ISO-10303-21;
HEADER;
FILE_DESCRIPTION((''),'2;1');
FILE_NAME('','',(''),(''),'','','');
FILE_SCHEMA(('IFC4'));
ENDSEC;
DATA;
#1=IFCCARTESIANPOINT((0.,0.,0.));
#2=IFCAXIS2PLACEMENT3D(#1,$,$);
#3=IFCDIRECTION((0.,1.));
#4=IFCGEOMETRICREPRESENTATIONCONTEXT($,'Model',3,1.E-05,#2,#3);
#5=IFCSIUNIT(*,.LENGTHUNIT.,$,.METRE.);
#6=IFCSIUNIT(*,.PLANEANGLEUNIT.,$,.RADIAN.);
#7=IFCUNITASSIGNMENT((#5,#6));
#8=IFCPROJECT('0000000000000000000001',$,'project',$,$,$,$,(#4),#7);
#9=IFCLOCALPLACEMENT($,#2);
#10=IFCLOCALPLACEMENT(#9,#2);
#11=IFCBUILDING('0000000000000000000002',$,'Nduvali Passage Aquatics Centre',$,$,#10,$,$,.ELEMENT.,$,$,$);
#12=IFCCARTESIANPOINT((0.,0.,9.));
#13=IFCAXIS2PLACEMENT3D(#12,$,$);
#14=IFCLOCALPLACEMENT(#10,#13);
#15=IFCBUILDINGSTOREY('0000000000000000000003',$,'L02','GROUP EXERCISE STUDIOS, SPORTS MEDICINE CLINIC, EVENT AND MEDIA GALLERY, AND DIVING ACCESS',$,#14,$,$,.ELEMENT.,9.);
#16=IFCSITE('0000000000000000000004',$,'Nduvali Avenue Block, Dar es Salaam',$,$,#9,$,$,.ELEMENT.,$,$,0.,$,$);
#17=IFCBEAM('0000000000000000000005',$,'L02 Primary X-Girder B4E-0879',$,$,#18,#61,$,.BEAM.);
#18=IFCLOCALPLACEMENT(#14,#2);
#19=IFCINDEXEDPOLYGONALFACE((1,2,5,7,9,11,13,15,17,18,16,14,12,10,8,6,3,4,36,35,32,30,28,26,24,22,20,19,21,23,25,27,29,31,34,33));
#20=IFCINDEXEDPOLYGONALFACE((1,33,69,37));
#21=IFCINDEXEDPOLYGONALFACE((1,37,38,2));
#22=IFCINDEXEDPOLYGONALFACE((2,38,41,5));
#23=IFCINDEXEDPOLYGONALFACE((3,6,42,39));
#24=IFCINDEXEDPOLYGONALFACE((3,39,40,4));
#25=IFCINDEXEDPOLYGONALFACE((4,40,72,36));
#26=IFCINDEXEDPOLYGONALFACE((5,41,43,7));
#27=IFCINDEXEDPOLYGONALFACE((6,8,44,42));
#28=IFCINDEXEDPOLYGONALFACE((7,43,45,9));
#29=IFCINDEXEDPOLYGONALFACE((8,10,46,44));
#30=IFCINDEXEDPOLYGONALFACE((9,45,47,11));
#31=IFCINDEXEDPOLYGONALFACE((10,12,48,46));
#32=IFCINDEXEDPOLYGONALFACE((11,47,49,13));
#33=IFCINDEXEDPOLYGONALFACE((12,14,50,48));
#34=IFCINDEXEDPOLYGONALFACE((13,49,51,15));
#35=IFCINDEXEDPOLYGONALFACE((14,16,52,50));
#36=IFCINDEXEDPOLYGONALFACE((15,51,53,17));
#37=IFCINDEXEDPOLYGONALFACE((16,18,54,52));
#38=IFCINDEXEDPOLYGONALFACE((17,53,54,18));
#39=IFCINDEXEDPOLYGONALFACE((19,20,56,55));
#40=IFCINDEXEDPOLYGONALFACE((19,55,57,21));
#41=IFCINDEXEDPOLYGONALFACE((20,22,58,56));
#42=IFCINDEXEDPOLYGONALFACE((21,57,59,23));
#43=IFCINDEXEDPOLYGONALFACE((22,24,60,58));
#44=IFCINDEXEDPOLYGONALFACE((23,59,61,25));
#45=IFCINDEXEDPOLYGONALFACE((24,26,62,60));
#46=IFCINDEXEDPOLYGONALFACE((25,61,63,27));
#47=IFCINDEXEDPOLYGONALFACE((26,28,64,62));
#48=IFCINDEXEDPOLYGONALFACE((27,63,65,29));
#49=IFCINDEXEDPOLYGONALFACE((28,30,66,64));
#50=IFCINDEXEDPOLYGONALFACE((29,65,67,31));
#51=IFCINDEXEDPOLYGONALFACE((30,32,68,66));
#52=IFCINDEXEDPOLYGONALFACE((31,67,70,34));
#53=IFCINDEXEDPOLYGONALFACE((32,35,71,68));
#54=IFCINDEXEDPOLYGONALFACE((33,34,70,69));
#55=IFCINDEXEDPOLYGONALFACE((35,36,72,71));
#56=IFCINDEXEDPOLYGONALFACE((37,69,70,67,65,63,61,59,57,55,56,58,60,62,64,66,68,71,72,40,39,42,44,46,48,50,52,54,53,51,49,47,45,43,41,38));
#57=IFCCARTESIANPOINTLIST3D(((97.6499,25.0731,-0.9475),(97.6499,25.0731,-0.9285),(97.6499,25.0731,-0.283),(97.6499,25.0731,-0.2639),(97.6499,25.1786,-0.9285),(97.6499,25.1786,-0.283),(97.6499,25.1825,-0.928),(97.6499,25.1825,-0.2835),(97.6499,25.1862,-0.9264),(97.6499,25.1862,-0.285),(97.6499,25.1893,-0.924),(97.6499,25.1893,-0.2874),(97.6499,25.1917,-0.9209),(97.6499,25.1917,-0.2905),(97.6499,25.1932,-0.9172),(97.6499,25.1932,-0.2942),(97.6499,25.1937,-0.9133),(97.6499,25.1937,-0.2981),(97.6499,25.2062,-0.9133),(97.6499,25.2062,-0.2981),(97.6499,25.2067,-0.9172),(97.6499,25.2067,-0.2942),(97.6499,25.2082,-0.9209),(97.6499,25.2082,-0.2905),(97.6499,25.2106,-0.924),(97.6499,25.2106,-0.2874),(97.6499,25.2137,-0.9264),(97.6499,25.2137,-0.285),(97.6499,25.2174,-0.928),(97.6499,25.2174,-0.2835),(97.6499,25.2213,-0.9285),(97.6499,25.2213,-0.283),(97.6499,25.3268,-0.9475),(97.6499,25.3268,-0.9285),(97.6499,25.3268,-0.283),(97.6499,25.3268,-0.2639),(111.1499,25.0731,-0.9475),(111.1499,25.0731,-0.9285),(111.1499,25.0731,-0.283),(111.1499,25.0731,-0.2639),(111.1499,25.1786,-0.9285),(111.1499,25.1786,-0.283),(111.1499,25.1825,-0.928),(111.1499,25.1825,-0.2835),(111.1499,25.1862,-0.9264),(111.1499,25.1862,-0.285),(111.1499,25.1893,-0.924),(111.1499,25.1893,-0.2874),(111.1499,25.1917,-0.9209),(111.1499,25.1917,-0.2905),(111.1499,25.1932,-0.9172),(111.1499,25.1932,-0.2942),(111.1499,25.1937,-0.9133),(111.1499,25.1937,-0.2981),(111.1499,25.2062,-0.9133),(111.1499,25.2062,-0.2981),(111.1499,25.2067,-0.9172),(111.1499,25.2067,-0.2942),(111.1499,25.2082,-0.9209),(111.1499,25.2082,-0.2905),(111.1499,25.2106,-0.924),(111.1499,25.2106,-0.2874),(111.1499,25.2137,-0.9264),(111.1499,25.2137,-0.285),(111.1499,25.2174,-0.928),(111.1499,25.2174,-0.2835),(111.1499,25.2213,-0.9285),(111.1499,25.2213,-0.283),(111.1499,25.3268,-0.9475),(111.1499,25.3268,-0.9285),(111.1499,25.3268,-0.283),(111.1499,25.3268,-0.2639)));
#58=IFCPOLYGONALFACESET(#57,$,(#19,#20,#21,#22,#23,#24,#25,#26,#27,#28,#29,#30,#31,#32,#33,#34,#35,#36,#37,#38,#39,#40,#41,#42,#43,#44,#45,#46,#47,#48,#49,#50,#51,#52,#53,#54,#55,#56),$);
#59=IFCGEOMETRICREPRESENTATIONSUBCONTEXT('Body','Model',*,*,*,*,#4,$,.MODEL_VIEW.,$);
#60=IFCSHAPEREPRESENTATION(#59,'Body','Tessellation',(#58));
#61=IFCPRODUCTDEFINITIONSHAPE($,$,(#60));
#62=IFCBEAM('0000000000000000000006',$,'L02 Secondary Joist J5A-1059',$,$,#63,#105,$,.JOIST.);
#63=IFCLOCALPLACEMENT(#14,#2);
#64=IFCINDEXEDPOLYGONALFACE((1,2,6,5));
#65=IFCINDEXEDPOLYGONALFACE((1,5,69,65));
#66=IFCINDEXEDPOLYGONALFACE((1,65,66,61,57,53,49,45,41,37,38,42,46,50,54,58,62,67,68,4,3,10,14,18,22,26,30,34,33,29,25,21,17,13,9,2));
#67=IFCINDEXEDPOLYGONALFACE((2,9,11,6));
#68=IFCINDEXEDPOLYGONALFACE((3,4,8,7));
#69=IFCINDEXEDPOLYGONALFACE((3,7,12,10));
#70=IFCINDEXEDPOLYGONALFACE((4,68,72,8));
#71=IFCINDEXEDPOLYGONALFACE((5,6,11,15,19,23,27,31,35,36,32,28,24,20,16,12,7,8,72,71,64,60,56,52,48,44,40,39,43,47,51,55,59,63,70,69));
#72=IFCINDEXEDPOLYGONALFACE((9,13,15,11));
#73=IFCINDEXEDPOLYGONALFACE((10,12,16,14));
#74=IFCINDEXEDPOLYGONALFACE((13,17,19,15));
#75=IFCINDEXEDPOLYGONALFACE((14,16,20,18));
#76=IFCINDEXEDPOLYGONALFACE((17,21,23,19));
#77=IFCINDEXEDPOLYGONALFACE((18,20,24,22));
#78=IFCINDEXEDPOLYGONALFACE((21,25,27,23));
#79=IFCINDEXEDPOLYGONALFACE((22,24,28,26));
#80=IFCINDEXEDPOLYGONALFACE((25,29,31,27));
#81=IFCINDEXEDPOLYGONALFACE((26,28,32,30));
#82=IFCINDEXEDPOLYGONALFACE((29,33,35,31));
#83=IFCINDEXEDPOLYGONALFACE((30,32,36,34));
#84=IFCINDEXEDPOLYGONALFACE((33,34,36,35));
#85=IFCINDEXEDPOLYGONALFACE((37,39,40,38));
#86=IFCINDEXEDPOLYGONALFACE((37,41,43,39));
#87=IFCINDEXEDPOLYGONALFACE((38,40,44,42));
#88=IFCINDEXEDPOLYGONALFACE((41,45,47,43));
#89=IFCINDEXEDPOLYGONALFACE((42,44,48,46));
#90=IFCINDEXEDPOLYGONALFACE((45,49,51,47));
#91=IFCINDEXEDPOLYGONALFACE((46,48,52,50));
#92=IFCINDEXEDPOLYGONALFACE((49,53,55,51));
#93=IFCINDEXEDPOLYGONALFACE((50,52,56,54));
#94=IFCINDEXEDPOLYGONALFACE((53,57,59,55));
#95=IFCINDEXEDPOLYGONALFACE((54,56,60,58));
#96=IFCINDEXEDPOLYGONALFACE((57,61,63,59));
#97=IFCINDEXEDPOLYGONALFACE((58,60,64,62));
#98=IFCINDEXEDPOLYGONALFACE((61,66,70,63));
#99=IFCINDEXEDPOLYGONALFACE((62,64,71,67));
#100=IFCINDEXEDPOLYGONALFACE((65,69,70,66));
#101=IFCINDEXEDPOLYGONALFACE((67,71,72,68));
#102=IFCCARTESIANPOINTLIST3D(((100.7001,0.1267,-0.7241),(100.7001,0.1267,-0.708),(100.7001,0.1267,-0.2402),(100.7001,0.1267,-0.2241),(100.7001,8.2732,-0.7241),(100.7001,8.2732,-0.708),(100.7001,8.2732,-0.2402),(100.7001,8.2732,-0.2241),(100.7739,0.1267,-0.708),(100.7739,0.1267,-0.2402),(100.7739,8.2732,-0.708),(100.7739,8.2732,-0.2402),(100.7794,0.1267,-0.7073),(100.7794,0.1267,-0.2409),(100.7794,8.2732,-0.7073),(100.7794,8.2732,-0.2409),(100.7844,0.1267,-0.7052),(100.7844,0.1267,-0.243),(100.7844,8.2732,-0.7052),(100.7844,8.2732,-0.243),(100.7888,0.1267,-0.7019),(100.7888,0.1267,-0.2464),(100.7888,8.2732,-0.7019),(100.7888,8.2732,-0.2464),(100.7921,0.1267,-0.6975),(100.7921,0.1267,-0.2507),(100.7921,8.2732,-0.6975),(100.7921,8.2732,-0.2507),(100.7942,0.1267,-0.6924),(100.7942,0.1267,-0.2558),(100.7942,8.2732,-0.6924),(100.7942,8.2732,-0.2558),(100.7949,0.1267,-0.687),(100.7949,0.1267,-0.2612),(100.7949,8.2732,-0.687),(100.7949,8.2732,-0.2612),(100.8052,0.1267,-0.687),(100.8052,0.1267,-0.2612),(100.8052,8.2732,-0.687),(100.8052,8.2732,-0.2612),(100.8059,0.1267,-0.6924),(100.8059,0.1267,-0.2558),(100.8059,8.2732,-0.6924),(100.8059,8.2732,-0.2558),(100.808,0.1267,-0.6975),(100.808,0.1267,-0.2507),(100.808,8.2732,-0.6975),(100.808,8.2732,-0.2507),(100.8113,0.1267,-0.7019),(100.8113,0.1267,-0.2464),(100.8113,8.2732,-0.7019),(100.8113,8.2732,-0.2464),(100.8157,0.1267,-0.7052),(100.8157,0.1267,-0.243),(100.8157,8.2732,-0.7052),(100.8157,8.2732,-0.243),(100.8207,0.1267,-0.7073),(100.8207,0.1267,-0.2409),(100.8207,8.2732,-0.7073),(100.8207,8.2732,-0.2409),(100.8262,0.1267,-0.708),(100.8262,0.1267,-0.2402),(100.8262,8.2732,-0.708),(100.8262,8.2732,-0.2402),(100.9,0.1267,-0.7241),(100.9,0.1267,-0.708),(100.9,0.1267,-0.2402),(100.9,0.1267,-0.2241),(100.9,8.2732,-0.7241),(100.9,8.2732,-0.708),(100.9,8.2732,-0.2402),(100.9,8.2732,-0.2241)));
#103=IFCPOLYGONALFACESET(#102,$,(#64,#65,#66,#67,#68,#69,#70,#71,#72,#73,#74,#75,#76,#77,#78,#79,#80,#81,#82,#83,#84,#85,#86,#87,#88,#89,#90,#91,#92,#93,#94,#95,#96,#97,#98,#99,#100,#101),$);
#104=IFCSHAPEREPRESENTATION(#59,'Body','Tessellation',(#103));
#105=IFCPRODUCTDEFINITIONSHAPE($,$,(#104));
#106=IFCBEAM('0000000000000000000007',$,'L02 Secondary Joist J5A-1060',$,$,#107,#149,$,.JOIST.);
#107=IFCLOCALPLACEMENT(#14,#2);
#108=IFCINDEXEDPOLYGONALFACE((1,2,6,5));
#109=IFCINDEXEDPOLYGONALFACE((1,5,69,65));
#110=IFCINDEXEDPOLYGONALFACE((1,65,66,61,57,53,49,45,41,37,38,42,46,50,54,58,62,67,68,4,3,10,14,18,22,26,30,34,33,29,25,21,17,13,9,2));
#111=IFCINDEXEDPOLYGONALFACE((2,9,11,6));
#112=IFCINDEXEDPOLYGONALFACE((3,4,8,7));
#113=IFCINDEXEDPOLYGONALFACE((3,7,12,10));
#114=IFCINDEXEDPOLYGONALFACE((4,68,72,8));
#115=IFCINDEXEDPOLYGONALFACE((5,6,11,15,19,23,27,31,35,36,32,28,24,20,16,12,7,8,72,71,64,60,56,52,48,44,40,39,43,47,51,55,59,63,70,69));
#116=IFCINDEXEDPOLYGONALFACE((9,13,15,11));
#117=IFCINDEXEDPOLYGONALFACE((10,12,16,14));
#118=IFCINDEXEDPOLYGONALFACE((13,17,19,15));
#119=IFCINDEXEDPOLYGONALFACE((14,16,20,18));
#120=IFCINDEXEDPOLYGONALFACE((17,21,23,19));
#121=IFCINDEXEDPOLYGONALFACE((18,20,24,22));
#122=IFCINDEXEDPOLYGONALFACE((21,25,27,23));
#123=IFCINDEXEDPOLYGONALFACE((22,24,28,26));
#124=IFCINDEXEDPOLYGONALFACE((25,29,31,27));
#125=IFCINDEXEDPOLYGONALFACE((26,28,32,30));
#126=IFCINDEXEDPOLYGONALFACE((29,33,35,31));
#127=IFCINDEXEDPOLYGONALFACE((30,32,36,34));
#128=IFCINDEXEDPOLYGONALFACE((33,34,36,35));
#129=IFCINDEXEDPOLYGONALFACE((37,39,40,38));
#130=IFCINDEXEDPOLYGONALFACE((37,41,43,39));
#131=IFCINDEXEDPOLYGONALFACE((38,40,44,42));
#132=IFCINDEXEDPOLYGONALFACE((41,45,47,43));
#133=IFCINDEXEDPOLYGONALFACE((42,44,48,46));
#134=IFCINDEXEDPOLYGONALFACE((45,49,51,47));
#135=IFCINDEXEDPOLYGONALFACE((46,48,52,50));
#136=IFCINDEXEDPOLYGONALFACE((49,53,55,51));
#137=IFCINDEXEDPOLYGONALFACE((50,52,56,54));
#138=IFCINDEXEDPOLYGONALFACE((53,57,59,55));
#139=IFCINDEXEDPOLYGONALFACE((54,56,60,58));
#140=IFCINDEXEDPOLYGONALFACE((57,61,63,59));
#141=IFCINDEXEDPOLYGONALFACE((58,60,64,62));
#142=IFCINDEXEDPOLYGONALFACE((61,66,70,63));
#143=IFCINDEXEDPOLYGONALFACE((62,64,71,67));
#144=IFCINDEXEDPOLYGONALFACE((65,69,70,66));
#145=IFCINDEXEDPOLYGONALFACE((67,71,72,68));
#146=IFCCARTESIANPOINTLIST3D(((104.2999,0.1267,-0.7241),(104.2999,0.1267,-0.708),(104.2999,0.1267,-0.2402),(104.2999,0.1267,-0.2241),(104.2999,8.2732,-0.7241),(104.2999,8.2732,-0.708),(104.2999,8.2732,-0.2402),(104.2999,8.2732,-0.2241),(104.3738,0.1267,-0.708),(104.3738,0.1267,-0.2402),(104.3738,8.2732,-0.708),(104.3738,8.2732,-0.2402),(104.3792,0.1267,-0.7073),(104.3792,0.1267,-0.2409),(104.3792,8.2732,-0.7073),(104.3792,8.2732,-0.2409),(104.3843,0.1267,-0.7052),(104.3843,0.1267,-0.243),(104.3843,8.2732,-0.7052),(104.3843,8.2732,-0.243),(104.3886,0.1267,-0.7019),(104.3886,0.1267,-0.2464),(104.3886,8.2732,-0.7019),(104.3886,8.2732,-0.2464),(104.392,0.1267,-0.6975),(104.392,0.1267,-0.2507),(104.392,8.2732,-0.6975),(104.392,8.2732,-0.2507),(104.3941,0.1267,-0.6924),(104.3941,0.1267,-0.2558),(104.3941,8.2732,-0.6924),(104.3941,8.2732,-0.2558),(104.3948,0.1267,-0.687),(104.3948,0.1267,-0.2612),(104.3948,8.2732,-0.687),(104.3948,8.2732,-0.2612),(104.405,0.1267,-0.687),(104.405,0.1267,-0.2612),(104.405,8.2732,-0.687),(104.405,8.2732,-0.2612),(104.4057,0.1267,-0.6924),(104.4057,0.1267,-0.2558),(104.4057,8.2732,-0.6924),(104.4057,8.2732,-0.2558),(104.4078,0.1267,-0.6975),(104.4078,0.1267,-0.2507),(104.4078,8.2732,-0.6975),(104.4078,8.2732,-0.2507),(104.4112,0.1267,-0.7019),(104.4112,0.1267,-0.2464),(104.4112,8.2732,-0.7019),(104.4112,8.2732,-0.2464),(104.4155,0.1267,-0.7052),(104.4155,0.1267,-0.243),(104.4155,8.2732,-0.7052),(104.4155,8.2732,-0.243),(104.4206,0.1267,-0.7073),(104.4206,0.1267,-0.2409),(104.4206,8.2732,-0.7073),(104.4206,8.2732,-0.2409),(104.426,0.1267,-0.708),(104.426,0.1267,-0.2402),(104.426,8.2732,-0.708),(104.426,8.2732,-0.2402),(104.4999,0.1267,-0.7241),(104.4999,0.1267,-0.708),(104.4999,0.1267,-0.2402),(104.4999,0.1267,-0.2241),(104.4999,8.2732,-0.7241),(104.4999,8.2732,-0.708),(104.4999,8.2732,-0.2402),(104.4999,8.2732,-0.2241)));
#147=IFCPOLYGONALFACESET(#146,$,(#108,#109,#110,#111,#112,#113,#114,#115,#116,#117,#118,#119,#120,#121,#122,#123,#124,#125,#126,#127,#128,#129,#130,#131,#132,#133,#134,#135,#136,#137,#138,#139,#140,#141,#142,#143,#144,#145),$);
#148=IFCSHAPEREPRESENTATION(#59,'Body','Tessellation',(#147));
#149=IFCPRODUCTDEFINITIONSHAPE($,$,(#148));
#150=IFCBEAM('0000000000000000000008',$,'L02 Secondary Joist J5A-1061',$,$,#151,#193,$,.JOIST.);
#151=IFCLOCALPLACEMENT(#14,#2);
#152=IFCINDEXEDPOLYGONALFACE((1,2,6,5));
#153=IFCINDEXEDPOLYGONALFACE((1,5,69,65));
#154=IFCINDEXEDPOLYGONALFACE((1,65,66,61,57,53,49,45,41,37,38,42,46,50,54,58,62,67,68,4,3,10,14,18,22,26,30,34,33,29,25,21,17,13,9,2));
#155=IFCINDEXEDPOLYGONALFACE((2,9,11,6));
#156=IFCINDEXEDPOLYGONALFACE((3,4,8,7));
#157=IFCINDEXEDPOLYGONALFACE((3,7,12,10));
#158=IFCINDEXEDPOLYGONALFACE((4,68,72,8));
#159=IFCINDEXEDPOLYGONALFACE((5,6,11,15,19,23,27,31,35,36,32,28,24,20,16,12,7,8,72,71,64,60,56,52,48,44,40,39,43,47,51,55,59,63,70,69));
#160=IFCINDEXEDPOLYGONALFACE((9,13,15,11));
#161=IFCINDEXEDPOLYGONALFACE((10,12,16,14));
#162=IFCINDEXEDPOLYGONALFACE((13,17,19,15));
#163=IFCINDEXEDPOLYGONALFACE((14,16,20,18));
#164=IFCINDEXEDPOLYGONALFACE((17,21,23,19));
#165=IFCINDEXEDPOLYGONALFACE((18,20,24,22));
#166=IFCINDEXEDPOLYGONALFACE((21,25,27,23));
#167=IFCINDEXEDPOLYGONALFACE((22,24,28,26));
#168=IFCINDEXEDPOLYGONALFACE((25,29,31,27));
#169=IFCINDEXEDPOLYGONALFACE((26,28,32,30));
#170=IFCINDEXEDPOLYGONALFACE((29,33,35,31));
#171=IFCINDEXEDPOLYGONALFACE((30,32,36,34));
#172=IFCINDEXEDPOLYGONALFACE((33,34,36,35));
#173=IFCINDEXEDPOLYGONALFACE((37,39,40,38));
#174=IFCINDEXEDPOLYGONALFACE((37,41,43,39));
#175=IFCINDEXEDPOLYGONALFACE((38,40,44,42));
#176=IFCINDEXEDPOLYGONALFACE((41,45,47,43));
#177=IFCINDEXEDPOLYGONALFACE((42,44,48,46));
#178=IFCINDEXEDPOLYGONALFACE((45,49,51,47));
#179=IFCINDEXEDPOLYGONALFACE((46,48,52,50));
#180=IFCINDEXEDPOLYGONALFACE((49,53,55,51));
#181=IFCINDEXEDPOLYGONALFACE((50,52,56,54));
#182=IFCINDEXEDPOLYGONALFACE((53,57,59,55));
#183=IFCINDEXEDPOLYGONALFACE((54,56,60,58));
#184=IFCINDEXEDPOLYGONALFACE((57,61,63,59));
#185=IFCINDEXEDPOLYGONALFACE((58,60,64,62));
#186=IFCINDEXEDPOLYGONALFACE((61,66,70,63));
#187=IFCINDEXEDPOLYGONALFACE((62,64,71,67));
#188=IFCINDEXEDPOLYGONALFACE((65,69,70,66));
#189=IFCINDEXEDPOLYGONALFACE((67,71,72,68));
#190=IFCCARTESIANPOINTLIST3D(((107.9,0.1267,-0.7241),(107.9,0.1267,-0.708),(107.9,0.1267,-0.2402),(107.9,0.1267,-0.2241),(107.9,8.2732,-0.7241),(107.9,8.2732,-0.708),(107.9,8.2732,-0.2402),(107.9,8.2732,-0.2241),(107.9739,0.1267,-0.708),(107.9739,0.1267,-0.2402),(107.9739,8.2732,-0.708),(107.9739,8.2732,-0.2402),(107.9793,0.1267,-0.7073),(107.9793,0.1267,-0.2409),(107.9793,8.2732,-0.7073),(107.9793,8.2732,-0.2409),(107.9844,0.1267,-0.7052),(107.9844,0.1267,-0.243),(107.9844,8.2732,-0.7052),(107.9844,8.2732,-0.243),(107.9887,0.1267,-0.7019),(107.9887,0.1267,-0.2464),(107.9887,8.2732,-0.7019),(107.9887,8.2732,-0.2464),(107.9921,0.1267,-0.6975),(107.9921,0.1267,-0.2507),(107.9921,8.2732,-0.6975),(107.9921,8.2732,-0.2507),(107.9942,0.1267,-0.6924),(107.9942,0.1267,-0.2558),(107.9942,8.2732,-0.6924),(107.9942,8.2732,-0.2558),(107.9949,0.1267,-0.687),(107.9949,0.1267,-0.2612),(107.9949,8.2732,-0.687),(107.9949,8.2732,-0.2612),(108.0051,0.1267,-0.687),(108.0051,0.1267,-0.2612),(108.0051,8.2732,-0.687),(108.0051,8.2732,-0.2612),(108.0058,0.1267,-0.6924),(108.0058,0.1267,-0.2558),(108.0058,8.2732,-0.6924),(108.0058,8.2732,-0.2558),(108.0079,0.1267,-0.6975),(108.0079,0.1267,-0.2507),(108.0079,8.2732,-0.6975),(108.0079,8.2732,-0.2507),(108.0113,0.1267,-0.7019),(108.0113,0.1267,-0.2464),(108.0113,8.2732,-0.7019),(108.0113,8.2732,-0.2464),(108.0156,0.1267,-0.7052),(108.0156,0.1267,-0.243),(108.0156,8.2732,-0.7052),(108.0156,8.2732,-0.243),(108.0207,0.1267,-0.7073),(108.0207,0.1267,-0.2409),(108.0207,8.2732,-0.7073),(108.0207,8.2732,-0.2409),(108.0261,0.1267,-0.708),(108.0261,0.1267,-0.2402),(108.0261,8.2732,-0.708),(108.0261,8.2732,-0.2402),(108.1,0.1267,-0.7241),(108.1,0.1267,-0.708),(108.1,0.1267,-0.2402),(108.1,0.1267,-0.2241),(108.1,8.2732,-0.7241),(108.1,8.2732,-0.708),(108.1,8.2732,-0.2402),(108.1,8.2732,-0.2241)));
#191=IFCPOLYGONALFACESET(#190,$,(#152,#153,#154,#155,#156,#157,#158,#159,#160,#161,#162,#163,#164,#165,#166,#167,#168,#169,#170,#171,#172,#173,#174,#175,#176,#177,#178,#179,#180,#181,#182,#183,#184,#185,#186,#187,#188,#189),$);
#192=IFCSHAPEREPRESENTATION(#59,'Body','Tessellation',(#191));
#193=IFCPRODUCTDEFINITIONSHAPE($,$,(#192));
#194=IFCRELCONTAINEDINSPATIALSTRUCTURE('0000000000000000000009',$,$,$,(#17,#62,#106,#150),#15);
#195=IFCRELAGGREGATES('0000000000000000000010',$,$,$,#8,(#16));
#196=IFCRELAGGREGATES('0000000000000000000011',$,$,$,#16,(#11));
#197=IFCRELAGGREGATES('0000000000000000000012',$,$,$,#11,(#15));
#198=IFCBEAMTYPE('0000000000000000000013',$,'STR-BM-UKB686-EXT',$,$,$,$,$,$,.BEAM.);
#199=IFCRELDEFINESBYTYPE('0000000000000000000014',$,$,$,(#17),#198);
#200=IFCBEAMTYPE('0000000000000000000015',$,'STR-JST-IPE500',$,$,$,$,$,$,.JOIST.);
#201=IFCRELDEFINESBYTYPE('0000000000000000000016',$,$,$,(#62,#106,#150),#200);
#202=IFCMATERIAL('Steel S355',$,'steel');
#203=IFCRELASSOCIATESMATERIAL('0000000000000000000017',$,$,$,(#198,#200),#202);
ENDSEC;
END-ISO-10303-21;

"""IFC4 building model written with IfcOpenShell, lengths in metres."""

from ifc_helpers import new_model, si_unit, direction, frame, origin, origin_2d, place, context, subcontext, project, spatial, i_section, extrude, material, material_profile, profile_set, type_object, element, save


model = new_model("IFC4")

# Units and contexts
model_context = context("Model", 3, precision=1e-05, world=origin(), true_north=direction((0.0, 1.0)))
body_context = subcontext(model_context, "Body", "Model", "MODEL_VIEW")
ifc_project = project(units=[si_unit("LENGTHUNIT", "METRE"), si_unit("PLANEANGLEUNIT", "RADIAN")], contexts=[model_context])

# Site, building, storey
site_placement = place(None, origin())
site = spatial("IfcSite", under=ifc_project, at=site_placement, Name="Nduvali Avenue Block, Dar es Salaam", CompositionType="ELEMENT", RefElevation=0.0)
building_placement = place(site_placement, origin())
building = spatial("IfcBuilding", under=site, at=building_placement, Name="Nduvali Passage Aquatics Centre", CompositionType="ELEMENT")
storey_placement = place(building_placement, frame((0.0, 0.0, 9.0)))
storey = spatial("IfcBuildingStorey", under=building, at=storey_placement, Name="L02", Description="GROUP EXERCISE STUDIOS, SPORTS MEDICINE CLINIC, EVENT AND MEDIA GALLERY, AND DIVING ACCESS", CompositionType="ELEMENT", Elevation=9.0)

# Beams
ifc_material_1 = material(Name="Steel S355", Category="steel")
ifc_material_profile_1 = material_profile(ifc_material_1, i_section(OverallWidth=0.2537, OverallDepth=0.6836, WebThickness=0.0125, FlangeThickness=0.019, FilletRadius=0.0151, at=origin_2d()), Name="UKB 686x254x140")
ifc_profile_set_1 = profile_set([ifc_material_profile_1], Name="Steel S355")
beam_type_1 = type_object("IfcBeamType", Name="STR-BM-UKB686-EXT", PredefinedType="BEAM", material=ifc_profile_set_1)
beam_1_placement = place(storey_placement, frame((97.6499, 25.2, -0.6057), z_axis=(1.0, 0.0, 0.0), x_axis=(0.0, 1.0, 0.0)))
element("IfcBeam", 1, at=beam_1_placement, inside=storey, type_object=beam_type_1, Name="L02 Primary X-Girder B4E-0879", PredefinedType="BEAM", context=body_context, shape_type="SweptSolid", body=[
    extrude(i_section(OverallWidth=0.2537, OverallDepth=0.6836, WebThickness=0.0125, FlangeThickness=0.019, FilletRadius=0.0151, at=origin_2d()), origin(), (0.0, 0.0, 1.0), 13.5),
])
ifc_material_profile_2 = material_profile(ifc_material_1, i_section(OverallWidth=0.2, OverallDepth=0.5, WebThickness=0.0103, FlangeThickness=0.0161, FilletRadius=0.021, at=origin_2d()), Name="IPE 500")
ifc_profile_set_2 = profile_set([ifc_material_profile_2], Name="Steel S355")
beam_type_2 = type_object("IfcBeamType", Name="STR-JST-IPE500", PredefinedType="JOIST", material=ifc_profile_set_2)
for number, where, z_axis, x_axis, name in (
    (2, (100.8, 0.1267, -0.4741), (0.0, 1.0, 0.0), (-1.0, 0.0, 0.0), "L02 Secondary Joist J5A-1059"),
    (3, (104.3999, 0.1267, -0.4741), (0.0, 1.0, 0.0), (-1.0, 0.0, 0.0), "L02 Secondary Joist J5A-1060"),
    (4, (108.0, 0.1267, -0.4741), (0.0, 1.0, 0.0), (-1.0, 0.0, 0.0), "L02 Secondary Joist J5A-1061"),
):
    element("IfcBeam", number, at=place(storey_placement, frame(where, z_axis=z_axis, x_axis=x_axis)), inside=storey, type_object=beam_type_2, Name=name, PredefinedType="JOIST", context=body_context, shape_type="SweptSolid", body=[
        extrude(i_section(OverallWidth=0.2, OverallDepth=0.5, WebThickness=0.0103, FlangeThickness=0.0161, FilletRadius=0.021, at=origin_2d()), origin(), (0.0, 0.0, 1.0), 8.1465),
    ])

save(model, "model.ifc")
